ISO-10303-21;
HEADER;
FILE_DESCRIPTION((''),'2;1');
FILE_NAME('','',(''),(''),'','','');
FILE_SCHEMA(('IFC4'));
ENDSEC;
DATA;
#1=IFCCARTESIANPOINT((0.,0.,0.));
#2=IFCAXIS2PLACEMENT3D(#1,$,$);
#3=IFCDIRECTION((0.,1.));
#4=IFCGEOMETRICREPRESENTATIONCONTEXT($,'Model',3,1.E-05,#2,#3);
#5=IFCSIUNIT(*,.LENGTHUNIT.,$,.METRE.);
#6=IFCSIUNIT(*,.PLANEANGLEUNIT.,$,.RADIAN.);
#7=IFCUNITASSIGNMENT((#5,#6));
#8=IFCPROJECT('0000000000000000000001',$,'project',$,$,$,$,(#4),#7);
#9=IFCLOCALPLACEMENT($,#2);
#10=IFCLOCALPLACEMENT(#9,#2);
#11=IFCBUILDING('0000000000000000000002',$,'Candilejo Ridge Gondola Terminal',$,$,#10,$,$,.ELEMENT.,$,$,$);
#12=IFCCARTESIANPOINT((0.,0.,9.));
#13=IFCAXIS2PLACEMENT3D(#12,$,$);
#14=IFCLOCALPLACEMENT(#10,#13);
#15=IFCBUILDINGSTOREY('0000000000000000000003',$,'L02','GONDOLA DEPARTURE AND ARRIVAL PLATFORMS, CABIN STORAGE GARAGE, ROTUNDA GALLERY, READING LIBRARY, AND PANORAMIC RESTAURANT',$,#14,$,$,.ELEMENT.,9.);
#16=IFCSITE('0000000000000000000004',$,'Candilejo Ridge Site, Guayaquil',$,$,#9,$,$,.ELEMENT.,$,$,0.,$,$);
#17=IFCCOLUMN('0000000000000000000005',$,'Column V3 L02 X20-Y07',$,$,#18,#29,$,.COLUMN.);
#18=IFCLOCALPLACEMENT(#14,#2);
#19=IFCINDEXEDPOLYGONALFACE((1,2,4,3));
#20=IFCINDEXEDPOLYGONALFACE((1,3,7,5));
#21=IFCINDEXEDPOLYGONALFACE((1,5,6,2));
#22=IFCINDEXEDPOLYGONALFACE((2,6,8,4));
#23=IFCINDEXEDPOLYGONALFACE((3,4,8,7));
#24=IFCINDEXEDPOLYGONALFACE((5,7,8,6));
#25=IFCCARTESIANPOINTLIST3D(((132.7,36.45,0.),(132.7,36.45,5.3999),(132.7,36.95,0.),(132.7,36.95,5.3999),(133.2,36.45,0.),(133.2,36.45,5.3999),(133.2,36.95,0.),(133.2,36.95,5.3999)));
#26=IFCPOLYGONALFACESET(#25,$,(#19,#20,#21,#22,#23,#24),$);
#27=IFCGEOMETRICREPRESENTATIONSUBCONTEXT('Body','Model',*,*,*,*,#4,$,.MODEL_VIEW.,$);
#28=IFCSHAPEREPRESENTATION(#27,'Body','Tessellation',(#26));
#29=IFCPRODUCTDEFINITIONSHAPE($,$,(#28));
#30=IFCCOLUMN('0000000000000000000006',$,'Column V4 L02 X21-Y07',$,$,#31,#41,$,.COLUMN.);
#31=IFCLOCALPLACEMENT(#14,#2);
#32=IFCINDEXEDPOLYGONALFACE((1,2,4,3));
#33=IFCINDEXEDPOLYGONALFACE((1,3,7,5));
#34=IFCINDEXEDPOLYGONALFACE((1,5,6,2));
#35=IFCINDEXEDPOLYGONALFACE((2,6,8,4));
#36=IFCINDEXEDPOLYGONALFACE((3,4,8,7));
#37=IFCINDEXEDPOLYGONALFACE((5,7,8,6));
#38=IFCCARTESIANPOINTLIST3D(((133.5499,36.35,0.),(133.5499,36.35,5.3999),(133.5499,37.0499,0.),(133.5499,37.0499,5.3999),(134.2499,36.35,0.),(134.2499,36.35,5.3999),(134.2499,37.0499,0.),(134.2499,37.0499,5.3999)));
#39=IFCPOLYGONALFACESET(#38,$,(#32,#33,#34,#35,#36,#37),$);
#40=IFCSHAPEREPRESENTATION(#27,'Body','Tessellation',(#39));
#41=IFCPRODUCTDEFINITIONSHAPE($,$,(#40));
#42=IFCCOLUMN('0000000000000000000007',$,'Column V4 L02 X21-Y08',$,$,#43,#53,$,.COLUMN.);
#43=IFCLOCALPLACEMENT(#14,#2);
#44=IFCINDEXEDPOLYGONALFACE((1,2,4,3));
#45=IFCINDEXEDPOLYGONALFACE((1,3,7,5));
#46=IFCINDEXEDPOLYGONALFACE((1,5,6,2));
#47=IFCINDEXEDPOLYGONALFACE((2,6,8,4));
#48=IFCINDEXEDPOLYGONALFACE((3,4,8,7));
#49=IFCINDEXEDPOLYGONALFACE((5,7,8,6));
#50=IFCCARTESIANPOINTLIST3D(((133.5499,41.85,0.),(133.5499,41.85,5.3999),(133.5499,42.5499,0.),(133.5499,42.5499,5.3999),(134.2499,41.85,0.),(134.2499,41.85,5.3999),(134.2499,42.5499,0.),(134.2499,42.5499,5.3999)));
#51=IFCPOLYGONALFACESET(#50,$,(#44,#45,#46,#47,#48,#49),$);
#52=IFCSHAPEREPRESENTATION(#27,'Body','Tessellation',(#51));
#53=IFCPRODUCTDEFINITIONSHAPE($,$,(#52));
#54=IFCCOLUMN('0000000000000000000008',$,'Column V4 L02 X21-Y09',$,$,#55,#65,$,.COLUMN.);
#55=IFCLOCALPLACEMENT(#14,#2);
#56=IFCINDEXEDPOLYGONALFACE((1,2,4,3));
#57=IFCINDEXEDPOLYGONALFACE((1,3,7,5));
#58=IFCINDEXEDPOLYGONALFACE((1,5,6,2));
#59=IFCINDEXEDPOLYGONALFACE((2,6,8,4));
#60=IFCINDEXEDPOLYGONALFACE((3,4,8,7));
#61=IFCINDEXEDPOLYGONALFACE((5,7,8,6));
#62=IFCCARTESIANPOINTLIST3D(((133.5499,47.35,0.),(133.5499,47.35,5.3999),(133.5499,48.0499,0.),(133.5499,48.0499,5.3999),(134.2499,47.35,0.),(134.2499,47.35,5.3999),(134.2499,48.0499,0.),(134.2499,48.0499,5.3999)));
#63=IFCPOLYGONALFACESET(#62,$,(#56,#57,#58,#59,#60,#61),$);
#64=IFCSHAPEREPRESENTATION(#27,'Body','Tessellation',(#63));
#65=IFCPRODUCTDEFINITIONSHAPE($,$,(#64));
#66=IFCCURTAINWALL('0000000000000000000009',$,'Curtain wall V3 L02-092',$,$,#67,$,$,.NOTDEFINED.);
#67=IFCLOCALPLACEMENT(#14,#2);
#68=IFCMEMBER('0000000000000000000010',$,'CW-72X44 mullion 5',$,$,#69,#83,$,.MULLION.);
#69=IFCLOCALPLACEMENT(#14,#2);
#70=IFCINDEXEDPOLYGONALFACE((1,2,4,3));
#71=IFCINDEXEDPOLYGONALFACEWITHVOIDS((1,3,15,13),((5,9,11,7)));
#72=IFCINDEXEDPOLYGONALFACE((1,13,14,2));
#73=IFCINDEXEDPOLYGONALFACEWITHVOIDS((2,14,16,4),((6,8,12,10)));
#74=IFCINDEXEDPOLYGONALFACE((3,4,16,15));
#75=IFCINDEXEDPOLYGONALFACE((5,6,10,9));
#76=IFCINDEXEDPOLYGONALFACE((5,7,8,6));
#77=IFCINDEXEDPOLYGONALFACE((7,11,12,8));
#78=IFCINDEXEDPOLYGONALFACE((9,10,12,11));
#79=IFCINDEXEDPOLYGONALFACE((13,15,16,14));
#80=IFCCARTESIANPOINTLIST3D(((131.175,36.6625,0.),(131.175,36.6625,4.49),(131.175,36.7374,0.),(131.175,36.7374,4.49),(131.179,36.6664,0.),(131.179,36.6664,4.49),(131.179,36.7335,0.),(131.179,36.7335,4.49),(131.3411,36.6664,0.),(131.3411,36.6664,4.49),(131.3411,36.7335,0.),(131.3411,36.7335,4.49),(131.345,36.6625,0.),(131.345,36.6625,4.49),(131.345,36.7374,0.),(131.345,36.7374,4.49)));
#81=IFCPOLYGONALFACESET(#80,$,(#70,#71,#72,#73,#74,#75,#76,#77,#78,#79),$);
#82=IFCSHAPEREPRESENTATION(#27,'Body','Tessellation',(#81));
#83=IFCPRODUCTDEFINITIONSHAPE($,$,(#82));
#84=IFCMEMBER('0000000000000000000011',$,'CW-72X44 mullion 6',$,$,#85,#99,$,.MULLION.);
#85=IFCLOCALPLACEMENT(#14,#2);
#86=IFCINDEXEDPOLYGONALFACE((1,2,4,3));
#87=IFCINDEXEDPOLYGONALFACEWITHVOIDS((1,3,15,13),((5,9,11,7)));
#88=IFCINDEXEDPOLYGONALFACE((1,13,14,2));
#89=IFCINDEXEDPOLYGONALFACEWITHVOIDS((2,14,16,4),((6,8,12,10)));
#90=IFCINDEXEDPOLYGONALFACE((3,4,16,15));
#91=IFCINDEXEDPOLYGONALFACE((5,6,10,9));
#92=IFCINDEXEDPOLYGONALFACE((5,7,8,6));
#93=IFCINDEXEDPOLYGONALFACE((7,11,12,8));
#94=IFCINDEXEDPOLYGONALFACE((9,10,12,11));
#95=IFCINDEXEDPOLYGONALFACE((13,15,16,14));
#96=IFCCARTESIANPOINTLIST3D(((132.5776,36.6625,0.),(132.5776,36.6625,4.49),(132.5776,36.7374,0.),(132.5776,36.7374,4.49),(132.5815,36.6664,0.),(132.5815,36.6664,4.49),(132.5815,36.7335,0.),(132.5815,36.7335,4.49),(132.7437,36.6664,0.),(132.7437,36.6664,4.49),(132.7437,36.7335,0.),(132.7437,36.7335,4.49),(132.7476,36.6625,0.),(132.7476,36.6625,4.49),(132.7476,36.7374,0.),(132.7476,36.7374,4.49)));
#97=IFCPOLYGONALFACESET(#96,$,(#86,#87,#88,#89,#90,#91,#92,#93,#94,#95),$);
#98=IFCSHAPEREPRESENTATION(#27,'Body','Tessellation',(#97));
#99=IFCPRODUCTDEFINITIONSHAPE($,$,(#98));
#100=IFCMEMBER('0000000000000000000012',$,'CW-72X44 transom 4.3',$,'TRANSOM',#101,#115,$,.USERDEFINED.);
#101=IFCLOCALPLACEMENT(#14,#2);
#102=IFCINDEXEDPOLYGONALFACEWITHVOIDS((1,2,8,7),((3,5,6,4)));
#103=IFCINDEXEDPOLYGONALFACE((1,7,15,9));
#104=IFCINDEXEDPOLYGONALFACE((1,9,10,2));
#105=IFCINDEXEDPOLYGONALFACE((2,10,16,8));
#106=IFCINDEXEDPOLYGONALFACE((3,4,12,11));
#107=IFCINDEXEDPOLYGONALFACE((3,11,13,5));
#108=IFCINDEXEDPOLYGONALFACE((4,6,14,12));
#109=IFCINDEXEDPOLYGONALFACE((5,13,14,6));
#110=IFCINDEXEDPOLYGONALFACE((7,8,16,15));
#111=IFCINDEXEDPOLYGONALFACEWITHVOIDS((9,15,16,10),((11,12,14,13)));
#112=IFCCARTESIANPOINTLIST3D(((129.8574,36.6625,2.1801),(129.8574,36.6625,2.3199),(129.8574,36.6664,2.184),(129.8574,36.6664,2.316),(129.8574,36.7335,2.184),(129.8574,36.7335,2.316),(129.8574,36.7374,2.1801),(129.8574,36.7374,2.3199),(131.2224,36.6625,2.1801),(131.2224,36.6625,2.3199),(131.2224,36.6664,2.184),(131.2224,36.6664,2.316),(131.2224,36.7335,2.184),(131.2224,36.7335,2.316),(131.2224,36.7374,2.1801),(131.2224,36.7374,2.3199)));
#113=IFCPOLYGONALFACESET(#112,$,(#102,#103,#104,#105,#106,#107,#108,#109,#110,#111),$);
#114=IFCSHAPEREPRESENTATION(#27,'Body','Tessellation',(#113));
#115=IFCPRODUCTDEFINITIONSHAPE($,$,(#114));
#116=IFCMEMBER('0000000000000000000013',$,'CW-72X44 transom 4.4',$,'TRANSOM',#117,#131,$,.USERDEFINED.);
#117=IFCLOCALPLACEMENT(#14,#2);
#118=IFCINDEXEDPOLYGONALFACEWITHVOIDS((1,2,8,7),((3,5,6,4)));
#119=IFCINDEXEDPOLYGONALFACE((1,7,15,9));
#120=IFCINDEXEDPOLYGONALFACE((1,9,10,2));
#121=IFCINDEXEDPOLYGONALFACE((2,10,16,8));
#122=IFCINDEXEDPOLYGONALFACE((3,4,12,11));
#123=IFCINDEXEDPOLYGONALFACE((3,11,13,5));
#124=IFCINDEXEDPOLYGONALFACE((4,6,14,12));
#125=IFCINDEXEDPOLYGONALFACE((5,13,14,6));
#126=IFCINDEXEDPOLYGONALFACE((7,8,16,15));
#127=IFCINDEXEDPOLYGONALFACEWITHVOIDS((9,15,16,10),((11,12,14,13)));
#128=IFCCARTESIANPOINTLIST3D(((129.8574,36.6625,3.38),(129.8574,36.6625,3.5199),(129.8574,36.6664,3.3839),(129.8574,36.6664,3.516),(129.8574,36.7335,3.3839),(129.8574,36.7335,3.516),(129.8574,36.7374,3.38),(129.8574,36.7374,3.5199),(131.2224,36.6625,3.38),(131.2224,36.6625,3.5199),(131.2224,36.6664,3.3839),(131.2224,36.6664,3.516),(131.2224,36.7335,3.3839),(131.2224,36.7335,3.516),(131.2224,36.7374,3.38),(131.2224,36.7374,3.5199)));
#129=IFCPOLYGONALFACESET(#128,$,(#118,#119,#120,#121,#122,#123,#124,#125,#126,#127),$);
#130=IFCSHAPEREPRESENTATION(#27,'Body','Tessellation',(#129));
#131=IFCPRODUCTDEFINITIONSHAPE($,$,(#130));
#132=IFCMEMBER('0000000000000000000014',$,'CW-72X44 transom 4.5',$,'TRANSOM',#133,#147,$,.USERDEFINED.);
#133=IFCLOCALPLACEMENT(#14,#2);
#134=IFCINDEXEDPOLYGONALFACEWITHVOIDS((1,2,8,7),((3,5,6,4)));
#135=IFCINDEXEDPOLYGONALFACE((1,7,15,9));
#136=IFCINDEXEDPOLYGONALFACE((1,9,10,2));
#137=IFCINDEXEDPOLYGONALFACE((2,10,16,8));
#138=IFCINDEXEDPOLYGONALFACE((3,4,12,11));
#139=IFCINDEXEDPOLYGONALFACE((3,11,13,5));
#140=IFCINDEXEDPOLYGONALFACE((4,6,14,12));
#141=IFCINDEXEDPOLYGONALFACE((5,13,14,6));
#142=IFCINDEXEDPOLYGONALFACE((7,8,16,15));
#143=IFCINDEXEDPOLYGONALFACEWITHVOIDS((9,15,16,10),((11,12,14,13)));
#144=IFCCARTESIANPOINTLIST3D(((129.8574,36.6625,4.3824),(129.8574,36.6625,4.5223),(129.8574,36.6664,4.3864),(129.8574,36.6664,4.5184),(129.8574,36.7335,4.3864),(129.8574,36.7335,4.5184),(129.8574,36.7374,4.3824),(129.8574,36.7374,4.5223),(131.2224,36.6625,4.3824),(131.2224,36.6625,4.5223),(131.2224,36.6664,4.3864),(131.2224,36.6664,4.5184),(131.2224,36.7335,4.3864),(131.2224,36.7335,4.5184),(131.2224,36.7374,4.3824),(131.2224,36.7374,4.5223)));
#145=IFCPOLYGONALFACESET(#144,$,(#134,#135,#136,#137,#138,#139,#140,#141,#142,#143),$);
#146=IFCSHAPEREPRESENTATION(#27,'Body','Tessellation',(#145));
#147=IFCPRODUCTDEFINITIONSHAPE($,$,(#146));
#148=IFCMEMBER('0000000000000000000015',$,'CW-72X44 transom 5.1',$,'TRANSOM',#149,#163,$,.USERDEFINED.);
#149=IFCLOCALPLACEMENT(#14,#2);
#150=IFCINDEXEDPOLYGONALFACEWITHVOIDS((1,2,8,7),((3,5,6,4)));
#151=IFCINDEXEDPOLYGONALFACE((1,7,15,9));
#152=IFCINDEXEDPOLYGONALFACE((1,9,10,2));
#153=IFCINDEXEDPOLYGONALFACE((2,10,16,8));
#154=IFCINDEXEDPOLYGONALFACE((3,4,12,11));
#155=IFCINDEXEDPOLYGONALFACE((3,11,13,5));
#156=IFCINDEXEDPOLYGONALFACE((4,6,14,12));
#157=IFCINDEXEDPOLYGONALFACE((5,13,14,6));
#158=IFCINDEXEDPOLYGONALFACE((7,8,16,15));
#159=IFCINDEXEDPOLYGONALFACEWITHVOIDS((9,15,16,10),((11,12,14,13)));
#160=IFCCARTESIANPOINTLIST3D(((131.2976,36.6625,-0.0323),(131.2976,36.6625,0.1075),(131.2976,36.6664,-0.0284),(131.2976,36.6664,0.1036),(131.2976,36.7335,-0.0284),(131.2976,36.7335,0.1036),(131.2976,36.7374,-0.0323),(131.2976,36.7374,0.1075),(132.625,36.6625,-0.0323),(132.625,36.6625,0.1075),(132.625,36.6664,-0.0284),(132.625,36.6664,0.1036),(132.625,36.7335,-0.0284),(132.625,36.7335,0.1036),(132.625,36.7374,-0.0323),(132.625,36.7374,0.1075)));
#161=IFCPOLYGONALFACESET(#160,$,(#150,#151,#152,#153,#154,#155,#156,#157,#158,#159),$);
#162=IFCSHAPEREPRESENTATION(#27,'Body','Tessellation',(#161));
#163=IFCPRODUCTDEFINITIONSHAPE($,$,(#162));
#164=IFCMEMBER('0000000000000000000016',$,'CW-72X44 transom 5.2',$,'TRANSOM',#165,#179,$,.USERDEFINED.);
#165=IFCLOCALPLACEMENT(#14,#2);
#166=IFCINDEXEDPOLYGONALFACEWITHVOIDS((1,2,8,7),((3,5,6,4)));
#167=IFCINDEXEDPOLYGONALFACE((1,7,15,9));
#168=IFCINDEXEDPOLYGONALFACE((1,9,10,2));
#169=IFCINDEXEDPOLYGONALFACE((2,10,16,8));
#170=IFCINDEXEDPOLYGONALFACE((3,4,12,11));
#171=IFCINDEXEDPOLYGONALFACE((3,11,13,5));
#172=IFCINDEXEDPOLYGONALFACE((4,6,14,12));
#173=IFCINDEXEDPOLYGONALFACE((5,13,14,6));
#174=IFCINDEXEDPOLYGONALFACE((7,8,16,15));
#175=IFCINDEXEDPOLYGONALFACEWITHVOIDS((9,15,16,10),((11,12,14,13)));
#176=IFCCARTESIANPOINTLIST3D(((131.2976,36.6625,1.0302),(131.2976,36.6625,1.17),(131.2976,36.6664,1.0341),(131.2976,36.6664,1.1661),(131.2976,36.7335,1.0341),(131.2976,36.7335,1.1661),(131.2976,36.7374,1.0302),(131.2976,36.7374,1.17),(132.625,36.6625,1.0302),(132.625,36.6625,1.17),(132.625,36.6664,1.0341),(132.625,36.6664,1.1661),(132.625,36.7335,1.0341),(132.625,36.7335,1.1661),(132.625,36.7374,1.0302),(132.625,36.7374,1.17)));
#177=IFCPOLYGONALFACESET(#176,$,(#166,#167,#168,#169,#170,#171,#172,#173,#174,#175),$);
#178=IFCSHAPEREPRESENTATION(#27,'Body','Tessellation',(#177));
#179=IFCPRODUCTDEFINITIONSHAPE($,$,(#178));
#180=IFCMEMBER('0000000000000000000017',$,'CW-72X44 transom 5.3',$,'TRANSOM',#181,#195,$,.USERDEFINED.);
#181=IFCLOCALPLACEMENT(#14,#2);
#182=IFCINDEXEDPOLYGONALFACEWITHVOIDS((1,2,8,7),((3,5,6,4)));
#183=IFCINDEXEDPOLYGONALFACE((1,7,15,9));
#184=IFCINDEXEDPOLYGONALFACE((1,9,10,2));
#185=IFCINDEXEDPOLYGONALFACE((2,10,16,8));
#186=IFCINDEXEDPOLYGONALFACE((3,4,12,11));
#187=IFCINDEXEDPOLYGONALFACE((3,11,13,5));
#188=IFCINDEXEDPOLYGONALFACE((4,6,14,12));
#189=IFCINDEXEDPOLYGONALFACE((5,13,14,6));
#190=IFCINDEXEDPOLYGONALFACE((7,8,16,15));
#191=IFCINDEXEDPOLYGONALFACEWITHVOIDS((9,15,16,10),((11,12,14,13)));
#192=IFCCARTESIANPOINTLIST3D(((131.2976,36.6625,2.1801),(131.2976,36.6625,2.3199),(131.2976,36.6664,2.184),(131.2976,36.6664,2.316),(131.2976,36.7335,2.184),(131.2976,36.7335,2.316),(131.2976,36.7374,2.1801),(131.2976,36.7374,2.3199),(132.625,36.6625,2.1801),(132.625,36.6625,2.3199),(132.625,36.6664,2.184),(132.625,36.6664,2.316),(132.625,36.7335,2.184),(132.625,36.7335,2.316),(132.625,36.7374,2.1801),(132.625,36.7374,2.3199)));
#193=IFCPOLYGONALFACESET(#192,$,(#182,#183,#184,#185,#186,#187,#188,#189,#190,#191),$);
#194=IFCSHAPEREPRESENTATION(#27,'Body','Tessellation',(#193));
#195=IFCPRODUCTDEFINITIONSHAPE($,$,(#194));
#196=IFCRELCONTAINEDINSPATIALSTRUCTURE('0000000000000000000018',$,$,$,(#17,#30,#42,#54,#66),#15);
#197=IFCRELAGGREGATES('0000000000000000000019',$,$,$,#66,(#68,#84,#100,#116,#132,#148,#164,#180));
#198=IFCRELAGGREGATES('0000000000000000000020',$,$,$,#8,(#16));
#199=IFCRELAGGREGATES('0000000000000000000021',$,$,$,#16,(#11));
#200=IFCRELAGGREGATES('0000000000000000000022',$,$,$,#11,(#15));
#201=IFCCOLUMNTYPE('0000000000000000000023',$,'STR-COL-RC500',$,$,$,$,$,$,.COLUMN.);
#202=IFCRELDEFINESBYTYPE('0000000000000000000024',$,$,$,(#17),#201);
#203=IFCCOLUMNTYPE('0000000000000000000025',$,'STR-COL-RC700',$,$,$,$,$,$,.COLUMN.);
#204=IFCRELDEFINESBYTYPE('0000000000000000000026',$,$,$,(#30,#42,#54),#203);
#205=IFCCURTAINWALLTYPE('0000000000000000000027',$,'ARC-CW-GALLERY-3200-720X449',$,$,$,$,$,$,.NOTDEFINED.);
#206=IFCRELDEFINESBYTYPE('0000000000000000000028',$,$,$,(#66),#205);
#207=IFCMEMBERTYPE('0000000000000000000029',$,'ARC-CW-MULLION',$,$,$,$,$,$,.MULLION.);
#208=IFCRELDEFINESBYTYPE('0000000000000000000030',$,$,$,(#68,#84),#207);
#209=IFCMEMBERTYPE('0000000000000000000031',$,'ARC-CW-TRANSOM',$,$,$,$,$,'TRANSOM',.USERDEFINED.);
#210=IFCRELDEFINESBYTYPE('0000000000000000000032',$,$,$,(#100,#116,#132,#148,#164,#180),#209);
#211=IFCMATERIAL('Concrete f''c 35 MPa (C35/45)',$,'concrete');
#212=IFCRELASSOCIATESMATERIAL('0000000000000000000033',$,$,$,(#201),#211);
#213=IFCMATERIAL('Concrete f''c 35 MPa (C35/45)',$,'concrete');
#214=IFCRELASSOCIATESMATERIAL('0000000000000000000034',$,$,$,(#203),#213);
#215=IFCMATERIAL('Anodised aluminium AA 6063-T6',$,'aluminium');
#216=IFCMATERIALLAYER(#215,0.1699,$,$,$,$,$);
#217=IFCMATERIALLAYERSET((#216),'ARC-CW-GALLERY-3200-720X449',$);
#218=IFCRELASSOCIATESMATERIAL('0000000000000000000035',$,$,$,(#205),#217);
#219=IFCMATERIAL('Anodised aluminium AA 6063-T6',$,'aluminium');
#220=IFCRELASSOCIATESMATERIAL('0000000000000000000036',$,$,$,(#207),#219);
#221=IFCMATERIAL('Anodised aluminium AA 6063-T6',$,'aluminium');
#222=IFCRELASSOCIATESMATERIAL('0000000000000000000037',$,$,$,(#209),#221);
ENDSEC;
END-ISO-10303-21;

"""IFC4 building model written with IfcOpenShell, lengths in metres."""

from ifc_helpers import new_model, si_unit, direction, frame, origin, origin_2d, place, context, subcontext, project, spatial, rectangle, hollow_rectangle, extrude, material, layer, layer_set, material_profile, profile_set, type_object, element, aggregate, save


model = new_model("IFC4")

# Units and contexts
model_context = context("Model", 3, precision=1e-05, world=origin(), true_north=direction((0.0, 1.0)))
body_context = subcontext(model_context, "Body", "Model", "MODEL_VIEW")
ifc_project = project(units=[si_unit("LENGTHUNIT", "METRE"), si_unit("PLANEANGLEUNIT", "RADIAN")], contexts=[model_context])

# Site, building, storey
site_placement = place(None, origin())
site = spatial("IfcSite", under=ifc_project, at=site_placement, Name="Candilejo Ridge Site, Guayaquil", CompositionType="ELEMENT", RefElevation=0.0)
building_placement = place(site_placement, origin())
building = spatial("IfcBuilding", under=site, at=building_placement, Name="Candilejo Ridge Gondola Terminal", CompositionType="ELEMENT")
storey_placement = place(building_placement, frame((0.0, 0.0, 9.0)))
storey = spatial("IfcBuildingStorey", under=building, at=storey_placement, Name="L02", Description="GONDOLA DEPARTURE AND ARRIVAL PLATFORMS, CABIN STORAGE GARAGE, ROTUNDA GALLERY, READING LIBRARY, AND PANORAMIC RESTAURANT", CompositionType="ELEMENT", Elevation=9.0)

# Columns
ifc_material_1 = material(Name="Concrete f'c 35 MPa (C35/45)", Category="concrete")
ifc_material_profile_1 = material_profile(ifc_material_1, rectangle(XDim=0.5, YDim=0.5, at=origin_2d()))
ifc_profile_set_1 = profile_set([ifc_material_profile_1], Name="Concrete f'c 35 MPa (C35/45)")
column_type_1 = type_object("IfcColumnType", Name="STR-COL-RC500", PredefinedType="COLUMN", material=ifc_profile_set_1)
column_placement = place(storey_placement, frame((132.95, 36.7, 0.0), z_axis=(0.0, 0.0, 1.0), x_axis=(1.0, 0.0, 0.0)))
element("IfcColumn", 1, at=column_placement, inside=storey, type_object=column_type_1, Name="Column V3 L02 X20-Y07", PredefinedType="COLUMN", context=body_context, shape_type="SweptSolid", body=[
    extrude(rectangle(XDim=0.5, YDim=0.5, at=origin_2d()), origin(), (0.0, 0.0, 1.0), 5.3999),
])
ifc_material_2 = material(Name="Concrete f'c 35 MPa (C35/45)", Category="concrete")
ifc_material_profile_2 = material_profile(ifc_material_2, rectangle(XDim=0.7, YDim=0.7, at=origin_2d()))
ifc_profile_set_2 = profile_set([ifc_material_profile_2], Name="Concrete f'c 35 MPa (C35/45)")
column_type_2 = type_object("IfcColumnType", Name="STR-COL-RC700", PredefinedType="COLUMN", material=ifc_profile_set_2)
for number, where, z_axis, x_axis, name in (
    (2, (133.8999, 36.7, 0.0), (0.0, 0.0, 1.0), (1.0, 0.0, 0.0), "Column V4 L02 X21-Y07"),
    (3, (133.8999, 42.2, 0.0), (0.0, 0.0, 1.0), (1.0, 0.0, 0.0), "Column V4 L02 X21-Y08"),
    (4, (133.8999, 47.7, 0.0), (0.0, 0.0, 1.0), (1.0, 0.0, 0.0), "Column V4 L02 X21-Y09"),
):
    element("IfcColumn", number, at=place(storey_placement, frame(where, z_axis=z_axis, x_axis=x_axis)), inside=storey, type_object=column_type_2, Name=name, PredefinedType="COLUMN", context=body_context, shape_type="SweptSolid", body=[
        extrude(rectangle(XDim=0.7, YDim=0.7, at=origin_2d()), origin(), (0.0, 0.0, 1.0), 5.3999),
    ])

# Curtain wall, members
ifc_material_3 = material(Name="Anodised aluminium AA 6063-T6", Category="aluminium")
ifc_layer_1 = layer(ifc_material_3, 0.1699)
ifc_layer_set_1 = layer_set([ifc_layer_1], Name="ARC-CW-GALLERY-3200-720X449")
curtain_wall_type = type_object("IfcCurtainWallType", Name="ARC-CW-GALLERY-3200-720X449", PredefinedType="NOTDEFINED", material=ifc_layer_set_1)
curtain_wall_placement = place(storey_placement, origin())
curtain_wall = element("IfcCurtainWall", 5, at=curtain_wall_placement, inside=storey, type_object=curtain_wall_type, Name="Curtain wall V3 L02-092", PredefinedType="NOTDEFINED")
ifc_material_4 = material(Name="Anodised aluminium AA 6063-T6", Category="aluminium")
ifc_material_profile_3 = material_profile(ifc_material_4, hollow_rectangle(XDim=0.075, YDim=0.1699, WallThickness=0.0039, at=origin_2d()))
ifc_profile_set_3 = profile_set([ifc_material_profile_3], Name="Anodised aluminium AA 6063-T6")
member_type_1 = type_object("IfcMemberType", Name="ARC-CW-MULLION", PredefinedType="MULLION", material=ifc_profile_set_3)
member_1_placement = place(storey_placement, frame((131.26, 36.7, 0.0), z_axis=(0.0, 0.0, 1.0), x_axis=(0.0, 1.0, 0.0)))
member_1 = element("IfcMember", 6, at=member_1_placement, type_object=member_type_1, Name="CW-72X44 mullion 5", PredefinedType="MULLION", context=body_context, shape_type="SweptSolid", body=[
    extrude(hollow_rectangle(XDim=0.075, YDim=0.1699, WallThickness=0.0039, at=origin_2d()), origin(), (0.0, 0.0, 1.0), 4.49),
])
member_2_placement = place(storey_placement, frame((132.6626, 36.7, 0.0), z_axis=(0.0, 0.0, 1.0), x_axis=(0.0, 1.0, 0.0)))
member_2 = element("IfcMember", 7, at=member_2_placement, type_object=member_type_1, Name="CW-72X44 mullion 6", PredefinedType="MULLION", context=body_context, shape_type="SweptSolid", body=[
    extrude(hollow_rectangle(XDim=0.075, YDim=0.1699, WallThickness=0.0039, at=origin_2d()), origin(), (0.0, 0.0, 1.0), 4.49),
])
ifc_material_5 = material(Name="Anodised aluminium AA 6063-T6", Category="aluminium")
ifc_material_profile_4 = material_profile(ifc_material_5, hollow_rectangle(XDim=0.075, YDim=0.1399, WallThickness=0.0039, at=origin_2d()))
ifc_profile_set_4 = profile_set([ifc_material_profile_4], Name="Anodised aluminium AA 6063-T6")
member_type_2 = type_object("IfcMemberType", Name="ARC-CW-TRANSOM", ElementType="TRANSOM", PredefinedType="USERDEFINED", material=ifc_profile_set_4)
member_3_placement = place(storey_placement, frame((129.8574, 36.7, 2.25), z_axis=(1.0, 0.0, 0.0), x_axis=(0.0, 1.0, 0.0)))
member_3 = element("IfcMember", 8, at=member_3_placement, type_object=member_type_2, Name="CW-72X44 transom 4.3", ObjectType="TRANSOM", PredefinedType="USERDEFINED", context=body_context, shape_type="SweptSolid", body=[
    extrude(hollow_rectangle(XDim=0.075, YDim=0.1399, WallThickness=0.0039, at=origin_2d()), origin(), (0.0, 0.0, 1.0), 1.365),
])
member_4_placement = place(storey_placement, frame((129.8574, 36.7, 3.45), z_axis=(1.0, 0.0, 0.0), x_axis=(0.0, 1.0, 0.0)))
member_4 = element("IfcMember", 9, at=member_4_placement, type_object=member_type_2, Name="CW-72X44 transom 4.4", ObjectType="TRANSOM", PredefinedType="USERDEFINED", context=body_context, shape_type="SweptSolid", body=[
    extrude(hollow_rectangle(XDim=0.075, YDim=0.1399, WallThickness=0.0039, at=origin_2d()), origin(), (0.0, 0.0, 1.0), 1.365),
])
member_5_placement = place(storey_placement, frame((129.8574, 36.7, 4.4524), z_axis=(1.0, 0.0, 0.0), x_axis=(0.0, 1.0, 0.0)))
member_5 = element("IfcMember", 10, at=member_5_placement, type_object=member_type_2, Name="CW-72X44 transom 4.5", ObjectType="TRANSOM", PredefinedType="USERDEFINED", context=body_context, shape_type="SweptSolid", body=[
    extrude(hollow_rectangle(XDim=0.075, YDim=0.1399, WallThickness=0.0039, at=origin_2d()), origin(), (0.0, 0.0, 1.0), 1.365),
])
member_6_placement = place(storey_placement, frame((131.2976, 36.7, 0.0376), z_axis=(1.0, 0.0, 0.0), x_axis=(0.0, 1.0, 0.0)))
member_6 = element("IfcMember", 11, at=member_6_placement, type_object=member_type_2, Name="CW-72X44 transom 5.1", ObjectType="TRANSOM", PredefinedType="USERDEFINED", context=body_context, shape_type="SweptSolid", body=[
    extrude(hollow_rectangle(XDim=0.075, YDim=0.1399, WallThickness=0.0039, at=origin_2d()), origin(), (0.0, 0.0, 1.0), 1.3274),
])
member_7_placement = place(storey_placement, frame((131.2976, 36.7, 1.1001), z_axis=(1.0, 0.0, 0.0), x_axis=(0.0, 1.0, 0.0)))
member_7 = element("IfcMember", 12, at=member_7_placement, type_object=member_type_2, Name="CW-72X44 transom 5.2", ObjectType="TRANSOM", PredefinedType="USERDEFINED", context=body_context, shape_type="SweptSolid", body=[
    extrude(hollow_rectangle(XDim=0.075, YDim=0.1399, WallThickness=0.0039, at=origin_2d()), origin(), (0.0, 0.0, 1.0), 1.3274),
])
member_8_placement = place(storey_placement, frame((131.2976, 36.7, 2.25), z_axis=(1.0, 0.0, 0.0), x_axis=(0.0, 1.0, 0.0)))
member_8 = element("IfcMember", 13, at=member_8_placement, type_object=member_type_2, Name="CW-72X44 transom 5.3", ObjectType="TRANSOM", PredefinedType="USERDEFINED", context=body_context, shape_type="SweptSolid", body=[
    extrude(hollow_rectangle(XDim=0.075, YDim=0.1399, WallThickness=0.0039, at=origin_2d()), origin(), (0.0, 0.0, 1.0), 1.3274),
])

aggregate(curtain_wall, [member_1, member_2, member_3, member_4, member_5, member_6, member_7, member_8])

save(model, "model.ifc")
